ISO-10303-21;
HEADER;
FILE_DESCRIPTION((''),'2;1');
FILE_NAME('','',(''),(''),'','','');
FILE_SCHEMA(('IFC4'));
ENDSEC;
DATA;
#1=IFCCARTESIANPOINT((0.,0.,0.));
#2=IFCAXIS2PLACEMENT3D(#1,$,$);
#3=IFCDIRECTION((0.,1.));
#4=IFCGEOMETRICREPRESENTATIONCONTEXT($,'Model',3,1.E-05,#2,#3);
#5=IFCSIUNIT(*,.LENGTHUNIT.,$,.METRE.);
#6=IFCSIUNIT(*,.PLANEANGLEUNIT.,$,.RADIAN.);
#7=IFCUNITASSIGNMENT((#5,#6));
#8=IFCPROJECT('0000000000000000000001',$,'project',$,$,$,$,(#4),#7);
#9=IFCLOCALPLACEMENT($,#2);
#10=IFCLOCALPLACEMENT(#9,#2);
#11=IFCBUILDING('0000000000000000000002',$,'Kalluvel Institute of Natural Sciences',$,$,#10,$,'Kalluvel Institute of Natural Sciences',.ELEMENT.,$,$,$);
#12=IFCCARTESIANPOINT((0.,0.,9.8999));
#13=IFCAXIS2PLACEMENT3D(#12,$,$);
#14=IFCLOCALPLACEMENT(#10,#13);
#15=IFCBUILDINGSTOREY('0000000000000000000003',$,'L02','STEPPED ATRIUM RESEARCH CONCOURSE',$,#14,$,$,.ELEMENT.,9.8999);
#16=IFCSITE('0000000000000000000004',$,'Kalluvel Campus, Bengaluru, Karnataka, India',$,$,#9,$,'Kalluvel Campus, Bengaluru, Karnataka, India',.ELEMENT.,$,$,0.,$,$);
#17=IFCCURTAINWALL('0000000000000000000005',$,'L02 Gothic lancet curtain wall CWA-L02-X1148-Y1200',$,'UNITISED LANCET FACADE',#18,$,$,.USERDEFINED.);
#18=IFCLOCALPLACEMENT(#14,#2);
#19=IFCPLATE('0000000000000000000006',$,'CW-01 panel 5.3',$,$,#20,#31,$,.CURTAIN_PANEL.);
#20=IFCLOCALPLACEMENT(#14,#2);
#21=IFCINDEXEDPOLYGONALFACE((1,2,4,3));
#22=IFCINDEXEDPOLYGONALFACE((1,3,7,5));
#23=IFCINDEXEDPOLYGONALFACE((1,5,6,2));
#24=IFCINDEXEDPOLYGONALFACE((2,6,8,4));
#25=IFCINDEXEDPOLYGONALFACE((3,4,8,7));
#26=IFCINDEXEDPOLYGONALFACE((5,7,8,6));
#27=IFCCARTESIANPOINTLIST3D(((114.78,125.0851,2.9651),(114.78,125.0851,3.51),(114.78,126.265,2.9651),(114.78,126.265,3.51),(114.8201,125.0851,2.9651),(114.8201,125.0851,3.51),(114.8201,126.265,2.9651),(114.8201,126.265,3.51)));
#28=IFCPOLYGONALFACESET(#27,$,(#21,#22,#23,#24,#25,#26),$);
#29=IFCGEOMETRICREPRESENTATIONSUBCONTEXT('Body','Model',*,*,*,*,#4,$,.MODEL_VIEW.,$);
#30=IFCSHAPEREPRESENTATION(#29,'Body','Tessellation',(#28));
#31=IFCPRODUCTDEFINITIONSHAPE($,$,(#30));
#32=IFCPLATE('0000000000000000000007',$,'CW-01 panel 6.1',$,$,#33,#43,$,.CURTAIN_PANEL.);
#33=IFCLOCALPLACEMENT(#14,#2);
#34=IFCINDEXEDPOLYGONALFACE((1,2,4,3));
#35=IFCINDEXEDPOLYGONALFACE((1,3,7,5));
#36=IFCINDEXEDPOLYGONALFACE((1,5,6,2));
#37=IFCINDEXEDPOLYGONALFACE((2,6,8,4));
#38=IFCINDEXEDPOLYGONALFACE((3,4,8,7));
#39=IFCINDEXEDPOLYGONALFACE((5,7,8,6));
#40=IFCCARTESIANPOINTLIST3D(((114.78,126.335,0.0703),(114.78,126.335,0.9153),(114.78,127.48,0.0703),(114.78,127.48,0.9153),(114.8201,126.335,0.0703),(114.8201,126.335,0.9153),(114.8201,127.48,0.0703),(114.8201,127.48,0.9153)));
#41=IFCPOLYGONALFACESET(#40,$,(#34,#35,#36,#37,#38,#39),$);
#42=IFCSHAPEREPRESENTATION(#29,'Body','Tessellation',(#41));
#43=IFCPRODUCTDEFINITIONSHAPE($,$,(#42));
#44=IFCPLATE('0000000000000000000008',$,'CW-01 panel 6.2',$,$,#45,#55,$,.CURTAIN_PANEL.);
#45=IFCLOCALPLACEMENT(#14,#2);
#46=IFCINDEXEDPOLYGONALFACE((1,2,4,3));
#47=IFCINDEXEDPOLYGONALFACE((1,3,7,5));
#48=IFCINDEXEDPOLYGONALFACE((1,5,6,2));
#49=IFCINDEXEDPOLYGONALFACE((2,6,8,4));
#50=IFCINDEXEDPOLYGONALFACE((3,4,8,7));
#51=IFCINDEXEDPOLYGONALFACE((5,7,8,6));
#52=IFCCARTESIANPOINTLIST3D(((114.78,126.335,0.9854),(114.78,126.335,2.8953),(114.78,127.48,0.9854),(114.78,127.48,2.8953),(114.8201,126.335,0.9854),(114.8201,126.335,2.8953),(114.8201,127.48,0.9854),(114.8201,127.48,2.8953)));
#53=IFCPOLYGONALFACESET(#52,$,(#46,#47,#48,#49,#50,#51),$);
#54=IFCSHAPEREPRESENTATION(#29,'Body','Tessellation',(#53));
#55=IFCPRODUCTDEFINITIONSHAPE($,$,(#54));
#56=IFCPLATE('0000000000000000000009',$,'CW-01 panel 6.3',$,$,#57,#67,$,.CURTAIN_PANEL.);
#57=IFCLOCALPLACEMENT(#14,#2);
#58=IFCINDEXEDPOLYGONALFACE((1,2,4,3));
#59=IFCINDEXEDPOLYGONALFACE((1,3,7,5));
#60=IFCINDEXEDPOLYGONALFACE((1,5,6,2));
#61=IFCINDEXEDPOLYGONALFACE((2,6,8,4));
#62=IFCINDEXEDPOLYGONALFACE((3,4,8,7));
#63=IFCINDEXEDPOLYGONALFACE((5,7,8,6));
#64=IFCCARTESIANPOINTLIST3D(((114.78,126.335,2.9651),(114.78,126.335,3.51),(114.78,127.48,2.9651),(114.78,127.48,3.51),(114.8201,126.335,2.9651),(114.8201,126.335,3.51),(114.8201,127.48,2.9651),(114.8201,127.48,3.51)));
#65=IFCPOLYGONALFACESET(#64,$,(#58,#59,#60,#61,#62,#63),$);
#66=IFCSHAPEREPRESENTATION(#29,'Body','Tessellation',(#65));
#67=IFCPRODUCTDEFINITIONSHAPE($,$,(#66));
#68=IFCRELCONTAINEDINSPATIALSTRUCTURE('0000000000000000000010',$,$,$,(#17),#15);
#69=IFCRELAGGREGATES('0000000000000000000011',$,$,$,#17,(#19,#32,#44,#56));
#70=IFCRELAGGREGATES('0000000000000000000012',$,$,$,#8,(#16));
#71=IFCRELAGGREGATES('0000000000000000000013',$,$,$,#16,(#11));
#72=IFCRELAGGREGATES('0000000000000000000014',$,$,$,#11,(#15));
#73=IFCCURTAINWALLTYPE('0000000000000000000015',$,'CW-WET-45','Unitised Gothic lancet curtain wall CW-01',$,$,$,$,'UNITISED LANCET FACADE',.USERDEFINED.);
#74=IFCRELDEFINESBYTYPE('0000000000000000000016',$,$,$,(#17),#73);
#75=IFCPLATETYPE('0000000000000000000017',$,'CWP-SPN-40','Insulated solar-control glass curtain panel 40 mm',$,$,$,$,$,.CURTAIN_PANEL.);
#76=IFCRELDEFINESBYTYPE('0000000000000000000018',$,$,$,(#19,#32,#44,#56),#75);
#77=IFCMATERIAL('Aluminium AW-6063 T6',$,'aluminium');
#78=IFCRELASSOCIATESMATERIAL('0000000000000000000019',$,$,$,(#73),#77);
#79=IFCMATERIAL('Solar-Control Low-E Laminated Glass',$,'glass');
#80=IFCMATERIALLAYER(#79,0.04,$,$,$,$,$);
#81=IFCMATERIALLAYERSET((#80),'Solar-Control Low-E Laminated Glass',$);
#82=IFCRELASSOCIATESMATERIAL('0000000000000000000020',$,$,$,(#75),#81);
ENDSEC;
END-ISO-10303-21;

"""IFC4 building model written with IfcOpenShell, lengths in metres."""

from ifc_helpers import new_model, si_unit, direction, frame, origin, origin_2d, place, context, subcontext, project, spatial, rectangle, extrude, material, layer, layer_set, type_object, element, aggregate, save


model = new_model("IFC4")

# Units and contexts
model_context = context("Model", 3, precision=1e-05, world=origin(), true_north=direction((0.0, 1.0)))
body_context = subcontext(model_context, "Body", "Model", "MODEL_VIEW")
ifc_project = project(units=[si_unit("LENGTHUNIT", "METRE"), si_unit("PLANEANGLEUNIT", "RADIAN")], contexts=[model_context])

# Site, building, storey
site_placement = place(None, origin())
site = spatial("IfcSite", under=ifc_project, at=site_placement, Name="Kalluvel Campus, Bengaluru, Karnataka, India", LongName="Kalluvel Campus, Bengaluru, Karnataka, India", CompositionType="ELEMENT", RefElevation=0.0)
building_placement = place(site_placement, origin())
building = spatial("IfcBuilding", under=site, at=building_placement, Name="Kalluvel Institute of Natural Sciences", LongName="Kalluvel Institute of Natural Sciences", CompositionType="ELEMENT")
storey_placement = place(building_placement, frame((0.0, 0.0, 9.8999)))
storey = spatial("IfcBuildingStorey", under=building, at=storey_placement, Name="L02", Description="STEPPED ATRIUM RESEARCH CONCOURSE", CompositionType="ELEMENT", Elevation=9.8999)

# Curtain wall, plates
ifc_material_1 = material(Name="Aluminium AW-6063 T6", Category="aluminium")
curtain_wall_type = type_object("IfcCurtainWallType", Name="CW-WET-45", Description="Unitised Gothic lancet curtain wall CW-01", ElementType="UNITISED LANCET FACADE", PredefinedType="USERDEFINED", material=ifc_material_1)
curtain_wall_placement = place(storey_placement, origin())
curtain_wall = element("IfcCurtainWall", 1, at=curtain_wall_placement, inside=storey, type_object=curtain_wall_type, Name="L02 Gothic lancet curtain wall CWA-L02-X1148-Y1200", ObjectType="UNITISED LANCET FACADE", PredefinedType="USERDEFINED")
ifc_material_2 = material(Name="Solar-Control Low-E Laminated Glass", Category="glass")
ifc_layer = layer(ifc_material_2, 0.04)
ifc_layer_set = layer_set([ifc_layer], Name="Solar-Control Low-E Laminated Glass")
plate_type = type_object("IfcPlateType", Name="CWP-SPN-40", Description="Insulated solar-control glass curtain panel 40 mm", PredefinedType="CURTAIN_PANEL", material=ifc_layer_set)
plate_1_placement = place(storey_placement, frame((114.8, 125.675, 2.9651), z_axis=(0.0, 0.0, 1.0), x_axis=(0.0, 1.0, 0.0)))
plate_1 = element("IfcPlate", 2, at=plate_1_placement, type_object=plate_type, Name="CW-01 panel 5.3", PredefinedType="CURTAIN_PANEL", context=body_context, shape_type="SweptSolid", body=[
    extrude(rectangle(XDim=1.1799, YDim=0.04, at=origin_2d()), origin(), (0.0, 0.0, 1.0), 0.5449),
])
plate_2_placement = place(storey_placement, frame((114.8, 126.9075, 0.0703), z_axis=(0.0, 0.0, 1.0), x_axis=(0.0, 1.0, 0.0)))
plate_2 = element("IfcPlate", 3, at=plate_2_placement, type_object=plate_type, Name="CW-01 panel 6.1", PredefinedType="CURTAIN_PANEL", context=body_context, shape_type="SweptSolid", body=[
    extrude(rectangle(XDim=1.145, YDim=0.04, at=origin_2d()), origin(), (0.0, 0.0, 1.0), 0.845),
])
plate_3_placement = place(storey_placement, frame((114.8, 126.9075, 0.9854), z_axis=(0.0, 0.0, 1.0), x_axis=(0.0, 1.0, 0.0)))
plate_3 = element("IfcPlate", 4, at=plate_3_placement, type_object=plate_type, Name="CW-01 panel 6.2", PredefinedType="CURTAIN_PANEL", context=body_context, shape_type="SweptSolid", body=[
    extrude(rectangle(XDim=1.145, YDim=0.04, at=origin_2d()), origin(), (0.0, 0.0, 1.0), 1.9099),
])
plate_4_placement = place(storey_placement, frame((114.8, 126.9075, 2.9651), z_axis=(0.0, 0.0, 1.0), x_axis=(0.0, 1.0, 0.0)))
plate_4 = element("IfcPlate", 5, at=plate_4_placement, type_object=plate_type, Name="CW-01 panel 6.3", PredefinedType="CURTAIN_PANEL", context=body_context, shape_type="SweptSolid", body=[
    extrude(rectangle(XDim=1.145, YDim=0.04, at=origin_2d()), origin(), (0.0, 0.0, 1.0), 0.5449),
])
aggregate(curtain_wall, [plate_1, plate_2, plate_3, plate_4])

save(model, "model.ifc")
